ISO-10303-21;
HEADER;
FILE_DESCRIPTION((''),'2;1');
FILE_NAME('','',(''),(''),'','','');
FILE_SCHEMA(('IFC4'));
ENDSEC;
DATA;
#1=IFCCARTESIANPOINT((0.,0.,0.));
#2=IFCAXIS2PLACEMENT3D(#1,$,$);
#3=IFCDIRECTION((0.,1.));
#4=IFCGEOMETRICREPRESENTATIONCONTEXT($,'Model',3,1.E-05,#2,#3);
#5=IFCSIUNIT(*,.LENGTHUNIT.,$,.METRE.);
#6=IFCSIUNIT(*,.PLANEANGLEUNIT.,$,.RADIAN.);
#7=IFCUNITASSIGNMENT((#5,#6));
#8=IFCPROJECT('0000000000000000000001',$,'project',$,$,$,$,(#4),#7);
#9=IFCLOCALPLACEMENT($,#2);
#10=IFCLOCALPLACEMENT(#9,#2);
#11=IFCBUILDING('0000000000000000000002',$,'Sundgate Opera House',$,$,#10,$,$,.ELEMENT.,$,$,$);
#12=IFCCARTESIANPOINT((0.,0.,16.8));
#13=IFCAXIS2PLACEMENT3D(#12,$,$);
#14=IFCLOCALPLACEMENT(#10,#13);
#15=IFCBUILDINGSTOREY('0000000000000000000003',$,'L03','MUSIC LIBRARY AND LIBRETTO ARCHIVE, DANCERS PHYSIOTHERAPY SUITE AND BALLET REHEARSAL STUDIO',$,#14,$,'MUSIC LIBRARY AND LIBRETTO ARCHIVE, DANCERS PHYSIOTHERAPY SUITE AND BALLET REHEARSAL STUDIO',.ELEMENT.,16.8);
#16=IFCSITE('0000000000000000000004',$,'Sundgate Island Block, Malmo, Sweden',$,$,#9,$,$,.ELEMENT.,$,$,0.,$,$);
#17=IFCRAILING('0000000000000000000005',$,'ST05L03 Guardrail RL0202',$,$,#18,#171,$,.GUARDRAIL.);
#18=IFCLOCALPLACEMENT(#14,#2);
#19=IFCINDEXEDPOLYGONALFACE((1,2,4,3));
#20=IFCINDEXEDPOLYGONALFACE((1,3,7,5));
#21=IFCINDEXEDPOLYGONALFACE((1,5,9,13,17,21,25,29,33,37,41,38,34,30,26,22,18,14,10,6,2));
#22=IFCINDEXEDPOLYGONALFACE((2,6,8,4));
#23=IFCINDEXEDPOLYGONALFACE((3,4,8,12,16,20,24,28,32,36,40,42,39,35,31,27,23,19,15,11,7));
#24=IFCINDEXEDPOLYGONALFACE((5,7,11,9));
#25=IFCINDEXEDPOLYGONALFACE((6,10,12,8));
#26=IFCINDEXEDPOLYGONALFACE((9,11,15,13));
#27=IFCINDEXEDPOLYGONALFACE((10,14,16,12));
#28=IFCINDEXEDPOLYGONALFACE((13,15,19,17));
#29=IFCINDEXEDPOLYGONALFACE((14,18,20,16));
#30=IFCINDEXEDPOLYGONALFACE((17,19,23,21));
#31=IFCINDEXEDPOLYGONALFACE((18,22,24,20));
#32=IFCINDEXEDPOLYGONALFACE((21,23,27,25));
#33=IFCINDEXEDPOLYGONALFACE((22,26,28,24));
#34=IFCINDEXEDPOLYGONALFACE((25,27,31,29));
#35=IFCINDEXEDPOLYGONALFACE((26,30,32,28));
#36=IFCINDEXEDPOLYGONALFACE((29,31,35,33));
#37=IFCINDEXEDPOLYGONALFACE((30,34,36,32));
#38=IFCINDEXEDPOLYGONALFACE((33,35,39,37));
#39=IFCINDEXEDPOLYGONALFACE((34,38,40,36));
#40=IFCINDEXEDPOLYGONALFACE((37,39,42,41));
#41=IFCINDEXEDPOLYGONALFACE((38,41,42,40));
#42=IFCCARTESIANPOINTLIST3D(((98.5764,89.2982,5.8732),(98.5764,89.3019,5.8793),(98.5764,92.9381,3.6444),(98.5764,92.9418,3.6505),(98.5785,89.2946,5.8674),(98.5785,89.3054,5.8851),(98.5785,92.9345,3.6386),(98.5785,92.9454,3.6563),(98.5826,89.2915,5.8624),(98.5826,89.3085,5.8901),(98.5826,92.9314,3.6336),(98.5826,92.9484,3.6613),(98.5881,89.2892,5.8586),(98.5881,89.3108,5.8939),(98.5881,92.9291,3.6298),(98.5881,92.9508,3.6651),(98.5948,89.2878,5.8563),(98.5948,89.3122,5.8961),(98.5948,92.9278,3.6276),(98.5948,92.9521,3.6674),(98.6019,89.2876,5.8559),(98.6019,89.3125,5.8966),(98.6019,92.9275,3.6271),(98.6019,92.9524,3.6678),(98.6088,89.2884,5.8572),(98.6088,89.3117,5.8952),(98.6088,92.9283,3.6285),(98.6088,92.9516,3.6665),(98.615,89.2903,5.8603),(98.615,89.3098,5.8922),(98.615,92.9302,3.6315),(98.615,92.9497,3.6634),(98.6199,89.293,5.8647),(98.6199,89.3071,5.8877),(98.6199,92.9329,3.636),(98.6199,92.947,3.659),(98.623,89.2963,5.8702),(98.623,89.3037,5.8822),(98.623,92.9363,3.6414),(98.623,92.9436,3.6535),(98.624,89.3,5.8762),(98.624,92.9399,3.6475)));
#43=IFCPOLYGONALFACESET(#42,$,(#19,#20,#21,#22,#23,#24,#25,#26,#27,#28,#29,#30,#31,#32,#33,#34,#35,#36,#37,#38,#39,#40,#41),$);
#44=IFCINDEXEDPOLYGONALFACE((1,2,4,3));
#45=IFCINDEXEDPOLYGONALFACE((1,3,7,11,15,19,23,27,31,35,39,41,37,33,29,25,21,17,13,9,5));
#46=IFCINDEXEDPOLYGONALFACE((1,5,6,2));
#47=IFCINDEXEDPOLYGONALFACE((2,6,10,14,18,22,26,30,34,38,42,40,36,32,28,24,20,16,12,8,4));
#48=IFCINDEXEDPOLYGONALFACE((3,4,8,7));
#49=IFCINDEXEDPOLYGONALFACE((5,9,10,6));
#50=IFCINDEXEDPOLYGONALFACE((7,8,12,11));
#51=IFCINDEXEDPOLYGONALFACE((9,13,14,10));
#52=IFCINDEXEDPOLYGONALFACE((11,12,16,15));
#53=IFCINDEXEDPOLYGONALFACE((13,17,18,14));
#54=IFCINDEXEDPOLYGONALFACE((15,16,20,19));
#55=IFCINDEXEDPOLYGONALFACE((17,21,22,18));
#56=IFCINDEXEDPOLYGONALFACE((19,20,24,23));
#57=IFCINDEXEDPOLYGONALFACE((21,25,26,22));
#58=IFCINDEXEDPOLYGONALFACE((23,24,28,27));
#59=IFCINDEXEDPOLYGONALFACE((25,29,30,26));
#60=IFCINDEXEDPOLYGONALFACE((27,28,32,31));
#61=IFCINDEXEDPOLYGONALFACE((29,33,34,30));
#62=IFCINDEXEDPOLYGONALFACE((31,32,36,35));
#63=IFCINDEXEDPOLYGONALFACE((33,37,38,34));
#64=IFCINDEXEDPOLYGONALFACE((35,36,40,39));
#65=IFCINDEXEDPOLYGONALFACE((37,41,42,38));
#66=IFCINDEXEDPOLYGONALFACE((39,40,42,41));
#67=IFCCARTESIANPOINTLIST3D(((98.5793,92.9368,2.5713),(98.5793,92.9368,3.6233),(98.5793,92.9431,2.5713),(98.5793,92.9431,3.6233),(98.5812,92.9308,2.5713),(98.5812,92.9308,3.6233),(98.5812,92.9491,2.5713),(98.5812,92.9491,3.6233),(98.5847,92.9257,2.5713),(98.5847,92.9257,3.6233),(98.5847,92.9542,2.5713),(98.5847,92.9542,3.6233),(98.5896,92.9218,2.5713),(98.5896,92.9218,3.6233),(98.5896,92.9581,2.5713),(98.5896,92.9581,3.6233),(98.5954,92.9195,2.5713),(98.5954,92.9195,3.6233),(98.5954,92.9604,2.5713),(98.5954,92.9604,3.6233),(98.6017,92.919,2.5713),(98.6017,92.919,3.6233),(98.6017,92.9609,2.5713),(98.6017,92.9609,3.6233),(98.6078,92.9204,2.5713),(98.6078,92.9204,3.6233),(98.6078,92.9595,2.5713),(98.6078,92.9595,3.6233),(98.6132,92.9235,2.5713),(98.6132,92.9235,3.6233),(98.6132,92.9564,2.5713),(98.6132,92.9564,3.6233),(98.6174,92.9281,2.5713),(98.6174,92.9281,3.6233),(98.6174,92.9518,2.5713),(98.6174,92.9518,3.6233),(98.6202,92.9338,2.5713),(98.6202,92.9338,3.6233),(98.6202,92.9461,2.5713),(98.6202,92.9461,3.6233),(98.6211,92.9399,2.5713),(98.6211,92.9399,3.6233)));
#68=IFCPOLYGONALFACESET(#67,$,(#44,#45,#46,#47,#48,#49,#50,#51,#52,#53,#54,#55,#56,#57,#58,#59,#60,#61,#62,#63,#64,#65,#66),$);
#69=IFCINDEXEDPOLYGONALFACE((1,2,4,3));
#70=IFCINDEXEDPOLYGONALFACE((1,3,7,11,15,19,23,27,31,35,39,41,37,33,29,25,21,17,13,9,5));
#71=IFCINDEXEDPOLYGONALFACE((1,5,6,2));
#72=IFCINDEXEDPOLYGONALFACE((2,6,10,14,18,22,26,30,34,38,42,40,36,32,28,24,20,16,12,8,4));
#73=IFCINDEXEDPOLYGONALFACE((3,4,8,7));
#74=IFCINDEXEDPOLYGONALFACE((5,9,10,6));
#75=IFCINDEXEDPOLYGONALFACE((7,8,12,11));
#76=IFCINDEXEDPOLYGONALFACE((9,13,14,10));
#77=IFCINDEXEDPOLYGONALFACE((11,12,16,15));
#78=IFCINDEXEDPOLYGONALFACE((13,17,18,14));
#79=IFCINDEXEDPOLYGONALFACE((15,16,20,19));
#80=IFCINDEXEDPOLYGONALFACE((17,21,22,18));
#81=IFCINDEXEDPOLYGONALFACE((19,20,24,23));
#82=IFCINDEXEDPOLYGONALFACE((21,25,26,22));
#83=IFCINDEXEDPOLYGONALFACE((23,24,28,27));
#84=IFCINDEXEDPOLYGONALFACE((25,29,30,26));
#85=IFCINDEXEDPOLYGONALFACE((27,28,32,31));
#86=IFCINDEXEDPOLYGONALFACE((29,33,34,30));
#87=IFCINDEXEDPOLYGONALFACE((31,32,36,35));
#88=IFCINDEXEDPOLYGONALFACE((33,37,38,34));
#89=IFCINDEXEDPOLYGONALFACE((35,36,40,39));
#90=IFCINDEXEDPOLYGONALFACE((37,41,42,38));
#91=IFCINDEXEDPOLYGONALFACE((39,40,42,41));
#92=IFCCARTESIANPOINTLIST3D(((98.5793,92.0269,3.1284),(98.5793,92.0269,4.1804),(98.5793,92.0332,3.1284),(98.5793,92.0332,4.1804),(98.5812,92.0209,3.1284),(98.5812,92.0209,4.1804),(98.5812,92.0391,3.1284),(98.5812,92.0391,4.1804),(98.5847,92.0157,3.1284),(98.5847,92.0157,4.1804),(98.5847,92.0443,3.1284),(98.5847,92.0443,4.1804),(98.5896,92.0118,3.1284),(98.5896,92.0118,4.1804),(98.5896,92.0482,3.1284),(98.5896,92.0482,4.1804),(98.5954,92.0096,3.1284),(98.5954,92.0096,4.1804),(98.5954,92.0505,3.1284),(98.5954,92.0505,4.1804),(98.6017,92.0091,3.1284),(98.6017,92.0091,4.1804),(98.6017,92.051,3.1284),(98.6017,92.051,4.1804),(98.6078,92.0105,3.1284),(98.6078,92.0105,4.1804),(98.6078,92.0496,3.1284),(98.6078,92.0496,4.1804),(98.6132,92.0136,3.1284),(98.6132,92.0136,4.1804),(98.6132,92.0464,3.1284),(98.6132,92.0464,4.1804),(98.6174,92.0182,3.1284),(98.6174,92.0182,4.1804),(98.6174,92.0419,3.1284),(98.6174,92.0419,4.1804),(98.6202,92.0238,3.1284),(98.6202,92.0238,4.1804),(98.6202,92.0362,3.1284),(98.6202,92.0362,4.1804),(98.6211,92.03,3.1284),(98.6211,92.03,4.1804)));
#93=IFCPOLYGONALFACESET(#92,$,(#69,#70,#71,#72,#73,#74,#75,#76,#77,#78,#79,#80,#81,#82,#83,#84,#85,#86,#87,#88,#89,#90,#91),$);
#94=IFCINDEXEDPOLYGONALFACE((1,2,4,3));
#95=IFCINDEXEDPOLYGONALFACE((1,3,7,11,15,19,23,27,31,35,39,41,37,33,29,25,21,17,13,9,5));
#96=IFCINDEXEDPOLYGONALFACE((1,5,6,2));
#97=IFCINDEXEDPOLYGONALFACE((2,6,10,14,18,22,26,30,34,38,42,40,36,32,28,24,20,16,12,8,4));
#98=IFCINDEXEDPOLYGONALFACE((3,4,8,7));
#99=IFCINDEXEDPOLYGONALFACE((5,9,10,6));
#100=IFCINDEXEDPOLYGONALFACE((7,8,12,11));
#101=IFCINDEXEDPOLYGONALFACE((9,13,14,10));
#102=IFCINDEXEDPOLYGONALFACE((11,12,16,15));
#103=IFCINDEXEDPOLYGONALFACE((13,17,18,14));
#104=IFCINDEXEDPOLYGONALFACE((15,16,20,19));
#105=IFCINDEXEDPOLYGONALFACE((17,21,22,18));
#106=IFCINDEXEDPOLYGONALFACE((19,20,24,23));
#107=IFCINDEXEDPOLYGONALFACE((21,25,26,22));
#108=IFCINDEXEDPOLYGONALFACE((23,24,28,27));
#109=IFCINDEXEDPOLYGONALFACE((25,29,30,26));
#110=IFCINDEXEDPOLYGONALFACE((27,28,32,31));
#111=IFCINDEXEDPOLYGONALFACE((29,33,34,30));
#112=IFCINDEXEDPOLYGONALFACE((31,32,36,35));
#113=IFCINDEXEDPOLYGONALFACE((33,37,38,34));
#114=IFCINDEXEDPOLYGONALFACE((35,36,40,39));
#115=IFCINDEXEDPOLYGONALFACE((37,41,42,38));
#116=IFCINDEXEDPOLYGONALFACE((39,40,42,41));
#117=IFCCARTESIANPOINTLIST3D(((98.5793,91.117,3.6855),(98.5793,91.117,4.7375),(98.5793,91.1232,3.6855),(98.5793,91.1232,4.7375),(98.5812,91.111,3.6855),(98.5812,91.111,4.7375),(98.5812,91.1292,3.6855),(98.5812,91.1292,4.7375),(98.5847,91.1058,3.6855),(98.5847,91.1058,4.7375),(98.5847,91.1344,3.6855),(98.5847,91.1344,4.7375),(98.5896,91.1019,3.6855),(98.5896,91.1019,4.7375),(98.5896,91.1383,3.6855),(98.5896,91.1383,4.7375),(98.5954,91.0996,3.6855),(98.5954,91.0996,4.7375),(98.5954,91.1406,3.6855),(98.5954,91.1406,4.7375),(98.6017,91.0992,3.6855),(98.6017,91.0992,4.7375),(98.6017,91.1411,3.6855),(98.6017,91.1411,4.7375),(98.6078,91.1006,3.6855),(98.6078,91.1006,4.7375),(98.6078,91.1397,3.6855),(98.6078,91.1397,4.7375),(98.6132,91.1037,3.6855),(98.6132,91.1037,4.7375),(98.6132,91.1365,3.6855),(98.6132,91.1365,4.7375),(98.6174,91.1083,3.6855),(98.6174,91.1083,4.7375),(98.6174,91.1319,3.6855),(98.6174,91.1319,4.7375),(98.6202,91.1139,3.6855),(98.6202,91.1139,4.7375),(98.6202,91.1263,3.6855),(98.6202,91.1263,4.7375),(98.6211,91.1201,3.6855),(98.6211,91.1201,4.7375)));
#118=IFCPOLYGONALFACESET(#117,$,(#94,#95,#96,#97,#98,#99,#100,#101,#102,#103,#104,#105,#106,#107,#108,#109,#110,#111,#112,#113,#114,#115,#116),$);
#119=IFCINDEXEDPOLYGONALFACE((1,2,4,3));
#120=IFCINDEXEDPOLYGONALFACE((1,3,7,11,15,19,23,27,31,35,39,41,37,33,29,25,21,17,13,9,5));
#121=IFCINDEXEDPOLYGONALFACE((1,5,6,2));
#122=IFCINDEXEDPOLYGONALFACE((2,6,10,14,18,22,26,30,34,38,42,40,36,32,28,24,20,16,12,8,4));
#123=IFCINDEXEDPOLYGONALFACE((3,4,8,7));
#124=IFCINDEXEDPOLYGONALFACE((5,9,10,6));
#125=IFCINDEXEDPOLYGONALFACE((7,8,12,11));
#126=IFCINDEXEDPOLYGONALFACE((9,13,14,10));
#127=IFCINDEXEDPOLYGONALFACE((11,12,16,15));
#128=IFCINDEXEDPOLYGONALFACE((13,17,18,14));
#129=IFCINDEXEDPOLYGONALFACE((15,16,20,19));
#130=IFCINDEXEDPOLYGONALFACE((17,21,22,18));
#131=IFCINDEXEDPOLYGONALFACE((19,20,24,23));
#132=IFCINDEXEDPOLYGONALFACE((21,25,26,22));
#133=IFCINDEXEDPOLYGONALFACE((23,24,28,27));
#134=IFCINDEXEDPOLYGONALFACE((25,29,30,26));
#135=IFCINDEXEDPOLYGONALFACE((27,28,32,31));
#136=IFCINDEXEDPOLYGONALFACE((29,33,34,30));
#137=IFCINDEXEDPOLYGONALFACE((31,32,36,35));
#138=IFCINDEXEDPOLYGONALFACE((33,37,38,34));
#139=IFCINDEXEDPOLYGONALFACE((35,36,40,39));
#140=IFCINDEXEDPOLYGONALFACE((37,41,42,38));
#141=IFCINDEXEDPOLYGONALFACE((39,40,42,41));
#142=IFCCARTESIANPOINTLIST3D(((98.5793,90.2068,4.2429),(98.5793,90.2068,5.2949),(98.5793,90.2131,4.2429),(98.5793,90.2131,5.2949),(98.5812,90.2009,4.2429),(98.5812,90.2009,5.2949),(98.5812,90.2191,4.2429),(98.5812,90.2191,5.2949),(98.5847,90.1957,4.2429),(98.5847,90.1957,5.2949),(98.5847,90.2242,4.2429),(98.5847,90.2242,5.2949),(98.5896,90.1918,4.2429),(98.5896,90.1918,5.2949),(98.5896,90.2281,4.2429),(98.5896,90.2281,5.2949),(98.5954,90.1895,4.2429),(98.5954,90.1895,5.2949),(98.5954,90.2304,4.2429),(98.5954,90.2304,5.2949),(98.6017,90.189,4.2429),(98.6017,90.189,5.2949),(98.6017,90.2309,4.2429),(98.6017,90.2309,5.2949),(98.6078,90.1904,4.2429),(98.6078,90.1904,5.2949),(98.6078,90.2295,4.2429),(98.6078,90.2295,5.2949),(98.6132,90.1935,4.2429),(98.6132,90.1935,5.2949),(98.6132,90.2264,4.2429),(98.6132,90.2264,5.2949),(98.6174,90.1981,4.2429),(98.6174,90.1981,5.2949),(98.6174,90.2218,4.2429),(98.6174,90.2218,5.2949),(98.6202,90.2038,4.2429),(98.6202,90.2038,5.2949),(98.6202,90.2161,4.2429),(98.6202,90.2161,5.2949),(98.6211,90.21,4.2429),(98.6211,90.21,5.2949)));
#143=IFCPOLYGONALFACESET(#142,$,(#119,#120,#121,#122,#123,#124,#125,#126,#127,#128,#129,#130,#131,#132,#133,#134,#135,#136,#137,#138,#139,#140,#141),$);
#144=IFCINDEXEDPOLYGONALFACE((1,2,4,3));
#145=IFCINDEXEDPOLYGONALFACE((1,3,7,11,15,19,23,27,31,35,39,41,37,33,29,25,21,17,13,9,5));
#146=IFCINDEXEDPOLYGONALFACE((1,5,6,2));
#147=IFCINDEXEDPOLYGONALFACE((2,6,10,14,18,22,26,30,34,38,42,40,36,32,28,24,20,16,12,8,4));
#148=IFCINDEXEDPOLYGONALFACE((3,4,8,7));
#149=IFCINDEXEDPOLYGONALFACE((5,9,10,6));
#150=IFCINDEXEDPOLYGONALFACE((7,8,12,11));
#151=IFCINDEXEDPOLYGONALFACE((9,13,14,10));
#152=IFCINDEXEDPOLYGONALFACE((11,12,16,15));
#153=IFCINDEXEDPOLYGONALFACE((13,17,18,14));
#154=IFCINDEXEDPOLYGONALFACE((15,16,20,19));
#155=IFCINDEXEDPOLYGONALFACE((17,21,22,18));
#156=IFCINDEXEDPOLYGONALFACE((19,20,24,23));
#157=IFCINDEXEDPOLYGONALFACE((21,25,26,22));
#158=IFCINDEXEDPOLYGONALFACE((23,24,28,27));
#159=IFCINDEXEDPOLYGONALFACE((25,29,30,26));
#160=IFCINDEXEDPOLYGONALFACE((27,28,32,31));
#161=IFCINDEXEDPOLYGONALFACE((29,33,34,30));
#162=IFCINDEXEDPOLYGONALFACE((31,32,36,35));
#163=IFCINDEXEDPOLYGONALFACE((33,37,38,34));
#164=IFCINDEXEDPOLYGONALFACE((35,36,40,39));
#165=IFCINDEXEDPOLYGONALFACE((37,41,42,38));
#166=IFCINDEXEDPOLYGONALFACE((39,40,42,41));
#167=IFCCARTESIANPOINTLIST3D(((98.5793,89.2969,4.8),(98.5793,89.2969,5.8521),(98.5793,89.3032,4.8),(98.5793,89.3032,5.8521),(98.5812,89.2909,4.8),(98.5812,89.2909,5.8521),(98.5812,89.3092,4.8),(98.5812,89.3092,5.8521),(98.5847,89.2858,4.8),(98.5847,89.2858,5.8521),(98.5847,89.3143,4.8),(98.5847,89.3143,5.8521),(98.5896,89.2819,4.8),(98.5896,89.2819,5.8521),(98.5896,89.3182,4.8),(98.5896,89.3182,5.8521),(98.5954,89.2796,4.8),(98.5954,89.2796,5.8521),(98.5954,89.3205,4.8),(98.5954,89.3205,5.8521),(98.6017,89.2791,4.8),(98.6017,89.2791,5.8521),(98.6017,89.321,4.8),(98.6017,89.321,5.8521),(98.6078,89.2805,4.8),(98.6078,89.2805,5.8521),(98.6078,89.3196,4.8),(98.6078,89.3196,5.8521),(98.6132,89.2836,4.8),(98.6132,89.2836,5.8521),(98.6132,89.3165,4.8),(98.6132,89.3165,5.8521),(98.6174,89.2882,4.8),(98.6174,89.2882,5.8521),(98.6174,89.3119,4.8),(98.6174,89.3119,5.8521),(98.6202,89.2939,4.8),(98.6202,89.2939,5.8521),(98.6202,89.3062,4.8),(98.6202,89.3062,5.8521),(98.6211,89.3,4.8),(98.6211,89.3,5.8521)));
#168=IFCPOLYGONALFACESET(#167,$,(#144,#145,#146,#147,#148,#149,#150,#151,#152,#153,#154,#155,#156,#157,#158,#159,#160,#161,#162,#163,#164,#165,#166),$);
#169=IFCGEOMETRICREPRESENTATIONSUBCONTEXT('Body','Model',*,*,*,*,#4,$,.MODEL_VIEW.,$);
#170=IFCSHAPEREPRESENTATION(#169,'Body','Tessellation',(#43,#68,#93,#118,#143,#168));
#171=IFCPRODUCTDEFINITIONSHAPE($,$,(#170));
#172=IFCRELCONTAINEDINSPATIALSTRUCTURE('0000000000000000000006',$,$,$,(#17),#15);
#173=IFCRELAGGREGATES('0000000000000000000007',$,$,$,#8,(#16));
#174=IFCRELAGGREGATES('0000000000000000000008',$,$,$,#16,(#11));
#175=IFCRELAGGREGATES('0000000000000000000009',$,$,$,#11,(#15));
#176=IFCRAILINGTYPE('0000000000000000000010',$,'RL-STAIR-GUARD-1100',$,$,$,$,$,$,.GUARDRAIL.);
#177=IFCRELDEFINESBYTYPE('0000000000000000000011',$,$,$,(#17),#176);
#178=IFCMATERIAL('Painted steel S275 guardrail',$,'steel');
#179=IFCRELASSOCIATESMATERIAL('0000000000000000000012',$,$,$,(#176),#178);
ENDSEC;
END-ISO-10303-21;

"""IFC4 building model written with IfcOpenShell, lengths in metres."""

from ifc_helpers import new_model, si_unit, direction, frame, origin, origin_2d, place, context, subcontext, project, spatial, circle, extrude, material, type_object, element, save


model = new_model("IFC4")

# Units and contexts
model_context = context("Model", 3, precision=1e-05, world=origin(), true_north=direction((0.0, 1.0)))
body_context = subcontext(model_context, "Body", "Model", "MODEL_VIEW")
ifc_project = project(units=[si_unit("LENGTHUNIT", "METRE"), si_unit("PLANEANGLEUNIT", "RADIAN")], contexts=[model_context])

# Site, building, storey
site_placement = place(None, origin())
site = spatial("IfcSite", under=ifc_project, at=site_placement, Name="Sundgate Island Block, Malmo, Sweden", CompositionType="ELEMENT", RefElevation=0.0)
building_placement = place(site_placement, origin())
building = spatial("IfcBuilding", under=site, at=building_placement, Name="Sundgate Opera House", CompositionType="ELEMENT")
storey_placement = place(building_placement, frame((0.0, 0.0, 16.8)))
storey = spatial("IfcBuildingStorey", under=building, at=storey_placement, Name="L03", Description="MUSIC LIBRARY AND LIBRETTO ARCHIVE, DANCERS PHYSIOTHERAPY SUITE AND BALLET REHEARSAL STUDIO", LongName="MUSIC LIBRARY AND LIBRETTO ARCHIVE, DANCERS PHYSIOTHERAPY SUITE AND BALLET REHEARSAL STUDIO", CompositionType="ELEMENT", Elevation=16.8)

# Railing
ifc_material_1 = material(Name="Painted steel S275 guardrail", Category="steel")
railing_type_1 = type_object("IfcRailingType", Name="RL-STAIR-GUARD-1100", PredefinedType="GUARDRAIL", material=ifc_material_1)
railing_1_placement = place(storey_placement, frame((98.6001, 92.9399, 2.5713)))
element("IfcRailing", 1, at=railing_1_placement, inside=storey, type_object=railing_type_1, Name="ST05L03 Guardrail RL0202", PredefinedType="GUARDRAIL", context=body_context, shape_type="SweptSolid", body=[
    extrude(circle(Radius=0.0239, at=origin_2d()), frame((0.0, 0.0, 1.0762), z_axis=(0.0, -0.852825, 0.522197), x_axis=(1.0, 0.0, 0.0)), (0.0, 0.0, 1.0), 4.2681),
    extrude(circle(Radius=0.021, at=origin_2d()), origin(), (0.0, 0.0, 1.0), 1.052),
    extrude(circle(Radius=0.021, at=origin_2d()), frame((0.0, -0.9099, 0.5571)), (0.0, 0.0, 1.0), 1.052),
    extrude(circle(Radius=0.021, at=origin_2d()), frame((0.0, -1.8198, 1.1143)), (0.0, 0.0, 1.0), 1.052),
    extrude(circle(Radius=0.021, at=origin_2d()), frame((0.0, -2.73, 1.6716)), (0.0, 0.0, 1.0), 1.052),
    extrude(circle(Radius=0.021, at=origin_2d()), frame((0.0, -3.6399, 2.2288)), (0.0, 0.0, 1.0), 1.052),
])

save(model, "model.ifc")
